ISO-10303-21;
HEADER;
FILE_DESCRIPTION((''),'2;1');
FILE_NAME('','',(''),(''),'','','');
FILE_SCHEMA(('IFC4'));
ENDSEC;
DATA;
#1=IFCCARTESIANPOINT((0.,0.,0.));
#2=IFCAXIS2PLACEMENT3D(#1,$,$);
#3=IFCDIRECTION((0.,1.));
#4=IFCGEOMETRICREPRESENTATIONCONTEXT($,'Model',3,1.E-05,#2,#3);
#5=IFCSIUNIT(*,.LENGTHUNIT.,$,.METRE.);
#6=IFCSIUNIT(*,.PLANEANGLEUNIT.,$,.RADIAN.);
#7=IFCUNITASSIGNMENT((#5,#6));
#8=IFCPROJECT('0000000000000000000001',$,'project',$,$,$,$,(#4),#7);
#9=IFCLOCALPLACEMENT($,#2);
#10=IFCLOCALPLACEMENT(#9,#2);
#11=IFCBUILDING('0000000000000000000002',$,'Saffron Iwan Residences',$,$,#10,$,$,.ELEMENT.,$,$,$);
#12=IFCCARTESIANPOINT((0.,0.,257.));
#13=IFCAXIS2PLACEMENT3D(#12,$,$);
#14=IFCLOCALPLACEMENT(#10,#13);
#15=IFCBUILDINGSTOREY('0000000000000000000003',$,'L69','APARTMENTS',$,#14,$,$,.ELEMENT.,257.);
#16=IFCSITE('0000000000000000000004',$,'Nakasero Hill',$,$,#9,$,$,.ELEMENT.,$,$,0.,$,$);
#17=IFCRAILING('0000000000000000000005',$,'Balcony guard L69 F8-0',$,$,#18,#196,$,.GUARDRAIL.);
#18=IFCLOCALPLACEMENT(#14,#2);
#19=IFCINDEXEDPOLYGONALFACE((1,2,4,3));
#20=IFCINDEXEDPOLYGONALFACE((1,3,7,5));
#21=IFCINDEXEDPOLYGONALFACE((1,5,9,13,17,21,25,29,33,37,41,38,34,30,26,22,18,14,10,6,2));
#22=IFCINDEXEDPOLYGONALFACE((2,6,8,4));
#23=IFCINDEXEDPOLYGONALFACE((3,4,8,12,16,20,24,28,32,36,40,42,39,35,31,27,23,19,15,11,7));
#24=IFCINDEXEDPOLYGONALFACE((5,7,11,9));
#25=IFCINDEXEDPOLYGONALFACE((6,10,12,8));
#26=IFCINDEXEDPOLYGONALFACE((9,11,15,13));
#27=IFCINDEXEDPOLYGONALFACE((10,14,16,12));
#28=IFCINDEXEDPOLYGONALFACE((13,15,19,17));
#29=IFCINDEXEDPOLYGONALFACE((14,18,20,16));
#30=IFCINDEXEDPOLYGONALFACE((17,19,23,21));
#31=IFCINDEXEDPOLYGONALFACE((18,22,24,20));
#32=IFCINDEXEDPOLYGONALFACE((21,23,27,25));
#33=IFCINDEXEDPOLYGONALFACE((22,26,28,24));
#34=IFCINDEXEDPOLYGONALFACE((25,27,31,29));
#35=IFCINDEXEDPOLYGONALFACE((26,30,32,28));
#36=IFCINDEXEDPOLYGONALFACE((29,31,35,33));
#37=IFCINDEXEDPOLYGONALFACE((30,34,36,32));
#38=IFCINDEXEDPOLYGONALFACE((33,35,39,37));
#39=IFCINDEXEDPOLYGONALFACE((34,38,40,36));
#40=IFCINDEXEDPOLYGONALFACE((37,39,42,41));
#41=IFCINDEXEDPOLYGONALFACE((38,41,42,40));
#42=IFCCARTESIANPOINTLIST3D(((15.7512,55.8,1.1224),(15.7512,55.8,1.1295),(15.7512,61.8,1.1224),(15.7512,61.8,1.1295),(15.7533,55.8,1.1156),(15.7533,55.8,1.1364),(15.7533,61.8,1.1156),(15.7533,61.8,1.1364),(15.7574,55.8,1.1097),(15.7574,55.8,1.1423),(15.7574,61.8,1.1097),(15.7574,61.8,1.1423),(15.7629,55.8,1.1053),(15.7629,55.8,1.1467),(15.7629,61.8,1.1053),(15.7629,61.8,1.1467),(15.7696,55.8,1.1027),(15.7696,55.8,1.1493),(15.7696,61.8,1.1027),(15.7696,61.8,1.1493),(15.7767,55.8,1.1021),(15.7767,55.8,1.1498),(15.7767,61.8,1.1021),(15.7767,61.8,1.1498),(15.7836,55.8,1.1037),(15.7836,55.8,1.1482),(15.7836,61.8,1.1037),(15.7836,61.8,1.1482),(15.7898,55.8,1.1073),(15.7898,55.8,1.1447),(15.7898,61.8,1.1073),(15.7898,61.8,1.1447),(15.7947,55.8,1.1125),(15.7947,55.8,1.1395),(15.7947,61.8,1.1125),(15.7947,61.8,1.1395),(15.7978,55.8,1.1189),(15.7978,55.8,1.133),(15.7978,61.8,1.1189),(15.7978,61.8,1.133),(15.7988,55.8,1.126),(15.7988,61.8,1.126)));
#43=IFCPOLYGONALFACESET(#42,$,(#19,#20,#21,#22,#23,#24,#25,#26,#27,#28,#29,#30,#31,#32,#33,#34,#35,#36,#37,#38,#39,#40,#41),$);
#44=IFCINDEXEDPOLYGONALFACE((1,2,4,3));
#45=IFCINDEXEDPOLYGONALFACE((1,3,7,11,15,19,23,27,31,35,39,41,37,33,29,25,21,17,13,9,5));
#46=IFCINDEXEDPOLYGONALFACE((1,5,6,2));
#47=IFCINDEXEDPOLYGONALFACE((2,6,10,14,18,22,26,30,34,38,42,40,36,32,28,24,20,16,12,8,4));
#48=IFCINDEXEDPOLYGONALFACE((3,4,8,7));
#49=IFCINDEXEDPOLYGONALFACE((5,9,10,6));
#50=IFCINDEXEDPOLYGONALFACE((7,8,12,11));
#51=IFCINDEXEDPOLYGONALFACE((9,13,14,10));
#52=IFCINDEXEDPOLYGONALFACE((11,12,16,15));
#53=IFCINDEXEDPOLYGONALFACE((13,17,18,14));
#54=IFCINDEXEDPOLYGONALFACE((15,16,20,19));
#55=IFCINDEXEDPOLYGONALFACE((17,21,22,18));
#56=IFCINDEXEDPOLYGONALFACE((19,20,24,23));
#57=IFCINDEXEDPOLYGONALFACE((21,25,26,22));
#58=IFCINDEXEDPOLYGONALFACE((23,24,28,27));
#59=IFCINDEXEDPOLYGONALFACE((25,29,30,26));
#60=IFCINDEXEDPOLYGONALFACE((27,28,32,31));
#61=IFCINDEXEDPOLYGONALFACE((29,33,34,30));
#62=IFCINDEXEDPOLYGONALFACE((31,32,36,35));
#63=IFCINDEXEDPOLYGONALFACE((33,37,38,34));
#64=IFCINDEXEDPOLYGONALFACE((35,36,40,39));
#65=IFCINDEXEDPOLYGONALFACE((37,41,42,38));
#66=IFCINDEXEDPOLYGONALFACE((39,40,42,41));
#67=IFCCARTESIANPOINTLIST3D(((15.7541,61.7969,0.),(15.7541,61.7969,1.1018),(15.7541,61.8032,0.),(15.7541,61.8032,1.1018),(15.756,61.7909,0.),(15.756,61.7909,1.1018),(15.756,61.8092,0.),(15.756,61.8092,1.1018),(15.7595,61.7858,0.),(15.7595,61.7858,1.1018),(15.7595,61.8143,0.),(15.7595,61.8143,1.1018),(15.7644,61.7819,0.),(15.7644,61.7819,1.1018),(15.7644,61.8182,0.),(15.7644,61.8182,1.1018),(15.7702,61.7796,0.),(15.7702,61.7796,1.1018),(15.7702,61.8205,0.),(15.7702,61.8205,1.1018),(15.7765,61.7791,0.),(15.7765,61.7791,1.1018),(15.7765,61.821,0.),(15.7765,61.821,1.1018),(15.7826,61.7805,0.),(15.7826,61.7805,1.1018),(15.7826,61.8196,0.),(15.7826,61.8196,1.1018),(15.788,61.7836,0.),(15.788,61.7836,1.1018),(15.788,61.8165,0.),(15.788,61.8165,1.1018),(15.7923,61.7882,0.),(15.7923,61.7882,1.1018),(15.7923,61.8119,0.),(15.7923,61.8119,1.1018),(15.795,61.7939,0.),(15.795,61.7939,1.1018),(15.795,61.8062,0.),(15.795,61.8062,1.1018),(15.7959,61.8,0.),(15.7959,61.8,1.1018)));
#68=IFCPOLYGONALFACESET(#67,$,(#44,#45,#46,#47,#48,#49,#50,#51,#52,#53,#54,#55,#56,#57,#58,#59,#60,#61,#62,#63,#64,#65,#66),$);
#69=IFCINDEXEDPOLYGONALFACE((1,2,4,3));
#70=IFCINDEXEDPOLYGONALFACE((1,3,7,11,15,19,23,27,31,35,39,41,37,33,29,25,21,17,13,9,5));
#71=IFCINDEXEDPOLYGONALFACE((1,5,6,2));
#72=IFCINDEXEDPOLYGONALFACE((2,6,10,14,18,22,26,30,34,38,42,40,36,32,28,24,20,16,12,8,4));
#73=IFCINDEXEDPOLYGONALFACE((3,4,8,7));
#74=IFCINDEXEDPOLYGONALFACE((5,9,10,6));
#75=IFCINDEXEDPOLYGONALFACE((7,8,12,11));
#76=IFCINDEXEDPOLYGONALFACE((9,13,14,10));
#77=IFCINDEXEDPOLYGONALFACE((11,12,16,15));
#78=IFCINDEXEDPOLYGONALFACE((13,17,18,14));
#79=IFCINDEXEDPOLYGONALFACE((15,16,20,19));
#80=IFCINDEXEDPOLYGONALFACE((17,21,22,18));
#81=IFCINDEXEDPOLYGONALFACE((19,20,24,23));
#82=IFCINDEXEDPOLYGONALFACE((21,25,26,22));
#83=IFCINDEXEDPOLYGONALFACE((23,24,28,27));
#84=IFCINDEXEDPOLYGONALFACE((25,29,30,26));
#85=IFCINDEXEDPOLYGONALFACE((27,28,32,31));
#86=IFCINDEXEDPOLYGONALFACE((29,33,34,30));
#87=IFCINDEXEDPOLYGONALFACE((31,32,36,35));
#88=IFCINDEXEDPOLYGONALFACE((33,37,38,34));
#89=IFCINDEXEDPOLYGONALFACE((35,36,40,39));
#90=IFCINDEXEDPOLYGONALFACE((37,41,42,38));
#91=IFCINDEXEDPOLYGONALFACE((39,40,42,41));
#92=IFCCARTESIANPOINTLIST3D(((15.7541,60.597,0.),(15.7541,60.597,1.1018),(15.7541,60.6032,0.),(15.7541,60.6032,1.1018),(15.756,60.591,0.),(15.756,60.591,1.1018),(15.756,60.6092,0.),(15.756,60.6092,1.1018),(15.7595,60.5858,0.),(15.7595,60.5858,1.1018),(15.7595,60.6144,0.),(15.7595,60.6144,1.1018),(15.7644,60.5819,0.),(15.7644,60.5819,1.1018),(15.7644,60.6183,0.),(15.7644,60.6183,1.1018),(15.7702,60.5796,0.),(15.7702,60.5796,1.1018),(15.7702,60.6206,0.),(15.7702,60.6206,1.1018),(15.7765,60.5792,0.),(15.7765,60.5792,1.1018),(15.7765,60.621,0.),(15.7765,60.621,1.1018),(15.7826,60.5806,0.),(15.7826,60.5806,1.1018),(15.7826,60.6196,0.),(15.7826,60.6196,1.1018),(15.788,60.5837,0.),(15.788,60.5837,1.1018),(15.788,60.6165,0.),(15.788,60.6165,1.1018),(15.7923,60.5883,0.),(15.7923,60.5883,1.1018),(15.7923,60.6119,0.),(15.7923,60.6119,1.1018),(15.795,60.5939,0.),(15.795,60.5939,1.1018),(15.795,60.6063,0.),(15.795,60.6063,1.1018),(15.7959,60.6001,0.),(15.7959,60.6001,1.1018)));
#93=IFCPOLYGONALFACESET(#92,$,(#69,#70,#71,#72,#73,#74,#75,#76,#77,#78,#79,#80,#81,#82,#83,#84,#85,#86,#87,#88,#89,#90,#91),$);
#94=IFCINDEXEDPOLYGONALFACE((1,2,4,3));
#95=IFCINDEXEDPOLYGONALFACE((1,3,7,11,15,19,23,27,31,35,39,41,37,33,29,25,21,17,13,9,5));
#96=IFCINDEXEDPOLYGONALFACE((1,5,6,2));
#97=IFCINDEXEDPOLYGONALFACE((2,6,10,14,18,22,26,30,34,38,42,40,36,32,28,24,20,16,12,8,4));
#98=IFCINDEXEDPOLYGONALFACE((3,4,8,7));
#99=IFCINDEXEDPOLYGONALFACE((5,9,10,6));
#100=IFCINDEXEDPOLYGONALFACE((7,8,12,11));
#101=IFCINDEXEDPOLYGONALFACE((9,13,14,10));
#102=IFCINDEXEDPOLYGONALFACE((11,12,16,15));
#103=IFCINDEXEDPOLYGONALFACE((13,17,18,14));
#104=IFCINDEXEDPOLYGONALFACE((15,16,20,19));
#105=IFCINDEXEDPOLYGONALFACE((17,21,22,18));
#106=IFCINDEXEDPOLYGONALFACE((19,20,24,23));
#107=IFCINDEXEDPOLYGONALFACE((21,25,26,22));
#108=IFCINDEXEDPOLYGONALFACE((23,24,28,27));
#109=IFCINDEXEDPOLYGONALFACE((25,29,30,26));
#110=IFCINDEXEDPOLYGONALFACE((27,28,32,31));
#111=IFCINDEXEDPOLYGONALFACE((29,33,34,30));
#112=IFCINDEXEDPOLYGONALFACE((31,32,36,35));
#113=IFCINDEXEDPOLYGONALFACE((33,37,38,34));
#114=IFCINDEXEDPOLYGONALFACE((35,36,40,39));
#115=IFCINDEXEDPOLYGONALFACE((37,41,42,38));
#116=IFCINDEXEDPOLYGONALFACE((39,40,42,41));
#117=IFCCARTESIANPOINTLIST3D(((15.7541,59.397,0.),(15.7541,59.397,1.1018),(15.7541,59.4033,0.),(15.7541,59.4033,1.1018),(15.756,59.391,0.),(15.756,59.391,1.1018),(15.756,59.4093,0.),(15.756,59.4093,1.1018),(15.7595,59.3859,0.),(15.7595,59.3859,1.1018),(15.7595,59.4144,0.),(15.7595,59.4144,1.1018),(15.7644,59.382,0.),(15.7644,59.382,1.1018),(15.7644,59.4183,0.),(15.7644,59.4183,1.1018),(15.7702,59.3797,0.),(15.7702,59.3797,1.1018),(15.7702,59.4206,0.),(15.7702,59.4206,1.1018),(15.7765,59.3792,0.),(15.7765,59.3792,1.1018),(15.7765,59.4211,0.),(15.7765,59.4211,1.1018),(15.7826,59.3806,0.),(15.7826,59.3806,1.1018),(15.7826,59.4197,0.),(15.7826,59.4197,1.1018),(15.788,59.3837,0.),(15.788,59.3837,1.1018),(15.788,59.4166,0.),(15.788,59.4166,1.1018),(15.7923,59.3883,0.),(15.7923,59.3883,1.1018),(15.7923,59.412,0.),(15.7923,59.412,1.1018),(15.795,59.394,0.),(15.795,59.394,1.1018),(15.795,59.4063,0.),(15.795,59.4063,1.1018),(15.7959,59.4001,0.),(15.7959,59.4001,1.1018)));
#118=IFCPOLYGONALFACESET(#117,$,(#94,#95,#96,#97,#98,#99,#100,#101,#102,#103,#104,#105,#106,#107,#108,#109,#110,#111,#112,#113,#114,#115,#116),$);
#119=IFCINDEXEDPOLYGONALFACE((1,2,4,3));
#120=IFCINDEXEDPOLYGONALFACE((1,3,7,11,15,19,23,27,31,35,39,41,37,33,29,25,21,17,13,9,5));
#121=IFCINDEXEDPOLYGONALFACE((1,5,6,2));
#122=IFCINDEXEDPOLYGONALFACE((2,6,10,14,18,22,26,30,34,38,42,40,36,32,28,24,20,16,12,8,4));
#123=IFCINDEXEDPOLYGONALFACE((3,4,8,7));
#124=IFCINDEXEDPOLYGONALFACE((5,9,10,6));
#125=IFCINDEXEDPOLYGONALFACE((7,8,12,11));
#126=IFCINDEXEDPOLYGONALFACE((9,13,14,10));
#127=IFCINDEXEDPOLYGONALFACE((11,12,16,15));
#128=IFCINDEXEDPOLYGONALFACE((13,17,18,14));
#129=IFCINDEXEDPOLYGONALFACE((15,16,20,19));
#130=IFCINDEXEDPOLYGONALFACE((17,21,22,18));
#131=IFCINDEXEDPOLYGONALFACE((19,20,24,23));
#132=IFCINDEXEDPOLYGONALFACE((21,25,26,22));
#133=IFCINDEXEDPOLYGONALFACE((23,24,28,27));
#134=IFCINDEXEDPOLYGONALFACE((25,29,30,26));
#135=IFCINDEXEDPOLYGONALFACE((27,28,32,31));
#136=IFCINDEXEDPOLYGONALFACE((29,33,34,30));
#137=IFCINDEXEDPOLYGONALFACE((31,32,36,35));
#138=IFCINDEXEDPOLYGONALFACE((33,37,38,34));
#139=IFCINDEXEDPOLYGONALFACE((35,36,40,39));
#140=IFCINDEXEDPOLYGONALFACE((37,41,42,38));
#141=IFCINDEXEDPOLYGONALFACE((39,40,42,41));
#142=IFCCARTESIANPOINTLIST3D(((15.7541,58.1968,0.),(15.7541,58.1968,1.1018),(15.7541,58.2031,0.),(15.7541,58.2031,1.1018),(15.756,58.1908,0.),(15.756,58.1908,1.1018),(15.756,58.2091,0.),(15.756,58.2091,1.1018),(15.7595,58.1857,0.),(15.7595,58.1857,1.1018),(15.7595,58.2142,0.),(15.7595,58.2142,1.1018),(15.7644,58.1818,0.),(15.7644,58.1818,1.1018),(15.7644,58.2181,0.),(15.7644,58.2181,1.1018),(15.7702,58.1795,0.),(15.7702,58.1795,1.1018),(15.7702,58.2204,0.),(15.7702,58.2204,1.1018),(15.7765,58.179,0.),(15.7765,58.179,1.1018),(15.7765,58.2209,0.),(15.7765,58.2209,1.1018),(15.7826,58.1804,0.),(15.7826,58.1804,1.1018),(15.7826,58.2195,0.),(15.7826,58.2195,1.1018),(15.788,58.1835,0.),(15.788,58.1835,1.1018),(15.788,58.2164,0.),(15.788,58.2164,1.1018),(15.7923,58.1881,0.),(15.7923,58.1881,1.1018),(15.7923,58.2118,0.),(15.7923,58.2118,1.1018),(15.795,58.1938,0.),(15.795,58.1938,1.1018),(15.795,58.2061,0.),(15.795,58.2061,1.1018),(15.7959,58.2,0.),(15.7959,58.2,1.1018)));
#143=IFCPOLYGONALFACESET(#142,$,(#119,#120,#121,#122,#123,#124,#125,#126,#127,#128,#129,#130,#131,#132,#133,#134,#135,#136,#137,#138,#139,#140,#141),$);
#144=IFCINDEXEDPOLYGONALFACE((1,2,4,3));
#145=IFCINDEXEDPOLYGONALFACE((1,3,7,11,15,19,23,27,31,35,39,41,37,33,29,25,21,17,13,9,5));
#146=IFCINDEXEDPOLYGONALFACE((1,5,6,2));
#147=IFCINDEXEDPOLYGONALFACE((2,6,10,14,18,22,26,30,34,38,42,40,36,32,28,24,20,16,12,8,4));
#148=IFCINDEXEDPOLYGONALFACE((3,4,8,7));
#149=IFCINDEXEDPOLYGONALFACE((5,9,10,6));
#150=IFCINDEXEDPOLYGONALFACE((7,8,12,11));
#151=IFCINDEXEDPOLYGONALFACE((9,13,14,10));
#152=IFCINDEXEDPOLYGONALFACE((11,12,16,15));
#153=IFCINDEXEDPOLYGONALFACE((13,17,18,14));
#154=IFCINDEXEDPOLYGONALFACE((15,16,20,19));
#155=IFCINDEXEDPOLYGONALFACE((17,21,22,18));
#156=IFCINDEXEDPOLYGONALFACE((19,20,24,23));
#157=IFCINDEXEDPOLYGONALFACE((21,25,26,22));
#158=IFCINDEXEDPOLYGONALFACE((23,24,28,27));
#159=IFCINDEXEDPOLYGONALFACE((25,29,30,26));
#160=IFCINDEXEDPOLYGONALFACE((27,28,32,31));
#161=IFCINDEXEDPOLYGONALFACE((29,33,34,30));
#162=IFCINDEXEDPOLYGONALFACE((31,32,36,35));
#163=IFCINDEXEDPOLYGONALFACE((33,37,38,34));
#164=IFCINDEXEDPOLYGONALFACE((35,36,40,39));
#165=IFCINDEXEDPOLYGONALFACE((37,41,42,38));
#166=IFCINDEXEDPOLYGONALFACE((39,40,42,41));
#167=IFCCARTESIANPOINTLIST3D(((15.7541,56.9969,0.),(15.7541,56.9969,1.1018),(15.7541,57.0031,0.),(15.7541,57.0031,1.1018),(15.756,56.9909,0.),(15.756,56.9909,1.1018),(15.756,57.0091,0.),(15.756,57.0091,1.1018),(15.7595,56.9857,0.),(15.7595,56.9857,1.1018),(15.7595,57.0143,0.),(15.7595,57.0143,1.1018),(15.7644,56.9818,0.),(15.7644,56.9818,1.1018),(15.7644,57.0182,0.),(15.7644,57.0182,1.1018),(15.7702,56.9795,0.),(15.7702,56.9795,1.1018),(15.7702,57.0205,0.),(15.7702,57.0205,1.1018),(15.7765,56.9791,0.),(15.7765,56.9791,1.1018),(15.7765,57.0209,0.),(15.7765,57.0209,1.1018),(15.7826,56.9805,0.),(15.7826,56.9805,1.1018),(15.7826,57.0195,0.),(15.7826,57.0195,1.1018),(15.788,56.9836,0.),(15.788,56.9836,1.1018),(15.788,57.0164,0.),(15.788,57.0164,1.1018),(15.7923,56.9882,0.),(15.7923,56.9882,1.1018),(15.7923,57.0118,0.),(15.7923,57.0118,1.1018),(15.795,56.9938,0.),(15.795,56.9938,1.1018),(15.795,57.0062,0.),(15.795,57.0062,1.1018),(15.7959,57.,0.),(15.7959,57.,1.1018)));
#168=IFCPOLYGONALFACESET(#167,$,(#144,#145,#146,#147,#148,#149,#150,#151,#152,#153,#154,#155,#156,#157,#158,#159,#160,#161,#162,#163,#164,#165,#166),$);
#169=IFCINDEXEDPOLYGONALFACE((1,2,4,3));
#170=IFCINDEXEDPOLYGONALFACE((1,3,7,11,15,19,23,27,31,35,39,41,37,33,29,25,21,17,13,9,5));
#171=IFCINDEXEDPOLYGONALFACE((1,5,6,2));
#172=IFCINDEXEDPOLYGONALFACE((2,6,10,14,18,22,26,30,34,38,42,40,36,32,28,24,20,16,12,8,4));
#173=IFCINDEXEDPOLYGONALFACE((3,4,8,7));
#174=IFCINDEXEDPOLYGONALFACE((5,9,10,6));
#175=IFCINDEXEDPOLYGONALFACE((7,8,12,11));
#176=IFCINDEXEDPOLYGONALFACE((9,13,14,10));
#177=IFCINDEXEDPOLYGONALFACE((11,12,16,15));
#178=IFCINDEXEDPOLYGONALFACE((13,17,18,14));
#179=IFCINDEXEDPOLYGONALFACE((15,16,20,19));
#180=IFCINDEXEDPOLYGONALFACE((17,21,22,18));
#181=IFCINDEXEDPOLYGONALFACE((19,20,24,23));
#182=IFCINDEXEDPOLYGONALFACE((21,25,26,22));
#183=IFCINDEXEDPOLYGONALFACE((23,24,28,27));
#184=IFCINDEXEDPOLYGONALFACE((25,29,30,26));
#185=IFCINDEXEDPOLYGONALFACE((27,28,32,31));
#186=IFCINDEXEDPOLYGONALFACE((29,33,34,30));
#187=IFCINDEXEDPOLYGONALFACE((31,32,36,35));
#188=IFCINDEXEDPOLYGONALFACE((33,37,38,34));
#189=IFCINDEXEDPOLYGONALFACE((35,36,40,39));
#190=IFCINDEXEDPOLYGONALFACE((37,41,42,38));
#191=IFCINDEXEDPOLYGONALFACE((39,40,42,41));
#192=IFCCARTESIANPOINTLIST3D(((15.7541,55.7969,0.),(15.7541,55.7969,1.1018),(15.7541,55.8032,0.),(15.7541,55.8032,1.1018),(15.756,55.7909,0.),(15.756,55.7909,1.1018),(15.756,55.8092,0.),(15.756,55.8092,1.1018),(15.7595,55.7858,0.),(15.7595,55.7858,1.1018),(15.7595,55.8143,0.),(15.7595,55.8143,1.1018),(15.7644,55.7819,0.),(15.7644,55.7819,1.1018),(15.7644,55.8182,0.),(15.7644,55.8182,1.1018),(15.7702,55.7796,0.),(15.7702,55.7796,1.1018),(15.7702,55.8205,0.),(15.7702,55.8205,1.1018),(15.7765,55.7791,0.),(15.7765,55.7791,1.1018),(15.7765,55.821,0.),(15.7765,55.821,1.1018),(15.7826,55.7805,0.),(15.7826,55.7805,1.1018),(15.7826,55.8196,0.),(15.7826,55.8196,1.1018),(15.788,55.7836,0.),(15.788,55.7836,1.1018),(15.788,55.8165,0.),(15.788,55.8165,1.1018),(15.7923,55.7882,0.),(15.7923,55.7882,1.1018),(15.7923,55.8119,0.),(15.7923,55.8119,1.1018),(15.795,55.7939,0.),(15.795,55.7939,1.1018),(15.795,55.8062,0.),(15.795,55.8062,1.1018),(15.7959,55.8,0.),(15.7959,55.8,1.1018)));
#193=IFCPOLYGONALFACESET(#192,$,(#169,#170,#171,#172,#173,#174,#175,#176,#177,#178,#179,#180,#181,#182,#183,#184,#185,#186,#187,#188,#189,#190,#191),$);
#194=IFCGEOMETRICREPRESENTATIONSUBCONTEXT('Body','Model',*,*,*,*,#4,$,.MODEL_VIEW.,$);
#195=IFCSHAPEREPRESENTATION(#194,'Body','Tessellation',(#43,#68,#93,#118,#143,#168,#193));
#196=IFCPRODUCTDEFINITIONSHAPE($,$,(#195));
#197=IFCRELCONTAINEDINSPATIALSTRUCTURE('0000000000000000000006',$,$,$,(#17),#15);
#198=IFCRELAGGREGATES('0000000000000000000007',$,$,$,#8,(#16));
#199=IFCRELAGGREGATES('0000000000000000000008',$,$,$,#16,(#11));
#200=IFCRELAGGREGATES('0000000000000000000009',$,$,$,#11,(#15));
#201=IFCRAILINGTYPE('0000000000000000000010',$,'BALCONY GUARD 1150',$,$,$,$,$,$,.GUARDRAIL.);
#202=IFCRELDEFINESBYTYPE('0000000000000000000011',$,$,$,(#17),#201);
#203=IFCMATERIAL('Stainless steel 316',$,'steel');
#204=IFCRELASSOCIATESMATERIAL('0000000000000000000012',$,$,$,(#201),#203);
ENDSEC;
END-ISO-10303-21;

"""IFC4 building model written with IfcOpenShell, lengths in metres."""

from ifc_helpers import new_model, si_unit, direction, frame, origin, origin_2d, place, context, subcontext, project, spatial, circle, extrude, material, type_object, element, save


model = new_model("IFC4")

# Units and contexts
model_context = context("Model", 3, precision=1e-05, world=origin(), true_north=direction((0.0, 1.0)))
body_context = subcontext(model_context, "Body", "Model", "MODEL_VIEW")
ifc_project = project(units=[si_unit("LENGTHUNIT", "METRE"), si_unit("PLANEANGLEUNIT", "RADIAN")], contexts=[model_context])

# Site, building, storey
site_placement = place(None, origin())
site = spatial("IfcSite", under=ifc_project, at=site_placement, Name="Nakasero Hill", CompositionType="ELEMENT", RefElevation=0.0)
building_placement = place(site_placement, origin())
building = spatial("IfcBuilding", under=site, at=building_placement, Name="Saffron Iwan Residences", CompositionType="ELEMENT")
storey_placement = place(building_placement, frame((0.0, 0.0, 257.0)))
storey = spatial("IfcBuildingStorey", under=building, at=storey_placement, Name="L69", Description="APARTMENTS", CompositionType="ELEMENT", Elevation=257.0)

# Railing
ifc_material_1 = material(Name="Stainless steel 316", Category="steel")
railing_type = type_object("IfcRailingType", Name="BALCONY GUARD 1150", PredefinedType="GUARDRAIL", material=ifc_material_1)
railing_placement = place(storey_placement, frame((15.7749, 61.8, 0.0)))
element("IfcRailing", 1, at=railing_placement, inside=storey, type_object=railing_type, Name="Balcony guard L69 F8-0", PredefinedType="GUARDRAIL", context=body_context, shape_type="SweptSolid", body=[
    extrude(circle(Radius=0.0239, at=origin_2d()), frame((0.0, 0.0, 1.126), z_axis=(0.0, -1.0, 0.0), x_axis=(1.0, 0.0, 0.0)), (0.0, 0.0, 1.0), 6.0),
    extrude(circle(Radius=0.021, at=origin_2d()), origin(), (0.0, 0.0, 1.0), 1.1018),
    extrude(circle(Radius=0.021, at=origin_2d()), frame((0.0, -1.2, 0.0)), (0.0, 0.0, 1.0), 1.1018),
    extrude(circle(Radius=0.021, at=origin_2d()), frame((0.0, -2.3999, 0.0)), (0.0, 0.0, 1.0), 1.1018),
    extrude(circle(Radius=0.021, at=origin_2d()), frame((0.0, -3.6001, 0.0)), (0.0, 0.0, 1.0), 1.1018),
    extrude(circle(Radius=0.021, at=origin_2d()), frame((0.0, -4.8, 0.0)), (0.0, 0.0, 1.0), 1.1018),
    extrude(circle(Radius=0.021, at=origin_2d()), frame((0.0, -6.0, 0.0)), (0.0, 0.0, 1.0), 1.1018),
])

save(model, "model.ifc")
